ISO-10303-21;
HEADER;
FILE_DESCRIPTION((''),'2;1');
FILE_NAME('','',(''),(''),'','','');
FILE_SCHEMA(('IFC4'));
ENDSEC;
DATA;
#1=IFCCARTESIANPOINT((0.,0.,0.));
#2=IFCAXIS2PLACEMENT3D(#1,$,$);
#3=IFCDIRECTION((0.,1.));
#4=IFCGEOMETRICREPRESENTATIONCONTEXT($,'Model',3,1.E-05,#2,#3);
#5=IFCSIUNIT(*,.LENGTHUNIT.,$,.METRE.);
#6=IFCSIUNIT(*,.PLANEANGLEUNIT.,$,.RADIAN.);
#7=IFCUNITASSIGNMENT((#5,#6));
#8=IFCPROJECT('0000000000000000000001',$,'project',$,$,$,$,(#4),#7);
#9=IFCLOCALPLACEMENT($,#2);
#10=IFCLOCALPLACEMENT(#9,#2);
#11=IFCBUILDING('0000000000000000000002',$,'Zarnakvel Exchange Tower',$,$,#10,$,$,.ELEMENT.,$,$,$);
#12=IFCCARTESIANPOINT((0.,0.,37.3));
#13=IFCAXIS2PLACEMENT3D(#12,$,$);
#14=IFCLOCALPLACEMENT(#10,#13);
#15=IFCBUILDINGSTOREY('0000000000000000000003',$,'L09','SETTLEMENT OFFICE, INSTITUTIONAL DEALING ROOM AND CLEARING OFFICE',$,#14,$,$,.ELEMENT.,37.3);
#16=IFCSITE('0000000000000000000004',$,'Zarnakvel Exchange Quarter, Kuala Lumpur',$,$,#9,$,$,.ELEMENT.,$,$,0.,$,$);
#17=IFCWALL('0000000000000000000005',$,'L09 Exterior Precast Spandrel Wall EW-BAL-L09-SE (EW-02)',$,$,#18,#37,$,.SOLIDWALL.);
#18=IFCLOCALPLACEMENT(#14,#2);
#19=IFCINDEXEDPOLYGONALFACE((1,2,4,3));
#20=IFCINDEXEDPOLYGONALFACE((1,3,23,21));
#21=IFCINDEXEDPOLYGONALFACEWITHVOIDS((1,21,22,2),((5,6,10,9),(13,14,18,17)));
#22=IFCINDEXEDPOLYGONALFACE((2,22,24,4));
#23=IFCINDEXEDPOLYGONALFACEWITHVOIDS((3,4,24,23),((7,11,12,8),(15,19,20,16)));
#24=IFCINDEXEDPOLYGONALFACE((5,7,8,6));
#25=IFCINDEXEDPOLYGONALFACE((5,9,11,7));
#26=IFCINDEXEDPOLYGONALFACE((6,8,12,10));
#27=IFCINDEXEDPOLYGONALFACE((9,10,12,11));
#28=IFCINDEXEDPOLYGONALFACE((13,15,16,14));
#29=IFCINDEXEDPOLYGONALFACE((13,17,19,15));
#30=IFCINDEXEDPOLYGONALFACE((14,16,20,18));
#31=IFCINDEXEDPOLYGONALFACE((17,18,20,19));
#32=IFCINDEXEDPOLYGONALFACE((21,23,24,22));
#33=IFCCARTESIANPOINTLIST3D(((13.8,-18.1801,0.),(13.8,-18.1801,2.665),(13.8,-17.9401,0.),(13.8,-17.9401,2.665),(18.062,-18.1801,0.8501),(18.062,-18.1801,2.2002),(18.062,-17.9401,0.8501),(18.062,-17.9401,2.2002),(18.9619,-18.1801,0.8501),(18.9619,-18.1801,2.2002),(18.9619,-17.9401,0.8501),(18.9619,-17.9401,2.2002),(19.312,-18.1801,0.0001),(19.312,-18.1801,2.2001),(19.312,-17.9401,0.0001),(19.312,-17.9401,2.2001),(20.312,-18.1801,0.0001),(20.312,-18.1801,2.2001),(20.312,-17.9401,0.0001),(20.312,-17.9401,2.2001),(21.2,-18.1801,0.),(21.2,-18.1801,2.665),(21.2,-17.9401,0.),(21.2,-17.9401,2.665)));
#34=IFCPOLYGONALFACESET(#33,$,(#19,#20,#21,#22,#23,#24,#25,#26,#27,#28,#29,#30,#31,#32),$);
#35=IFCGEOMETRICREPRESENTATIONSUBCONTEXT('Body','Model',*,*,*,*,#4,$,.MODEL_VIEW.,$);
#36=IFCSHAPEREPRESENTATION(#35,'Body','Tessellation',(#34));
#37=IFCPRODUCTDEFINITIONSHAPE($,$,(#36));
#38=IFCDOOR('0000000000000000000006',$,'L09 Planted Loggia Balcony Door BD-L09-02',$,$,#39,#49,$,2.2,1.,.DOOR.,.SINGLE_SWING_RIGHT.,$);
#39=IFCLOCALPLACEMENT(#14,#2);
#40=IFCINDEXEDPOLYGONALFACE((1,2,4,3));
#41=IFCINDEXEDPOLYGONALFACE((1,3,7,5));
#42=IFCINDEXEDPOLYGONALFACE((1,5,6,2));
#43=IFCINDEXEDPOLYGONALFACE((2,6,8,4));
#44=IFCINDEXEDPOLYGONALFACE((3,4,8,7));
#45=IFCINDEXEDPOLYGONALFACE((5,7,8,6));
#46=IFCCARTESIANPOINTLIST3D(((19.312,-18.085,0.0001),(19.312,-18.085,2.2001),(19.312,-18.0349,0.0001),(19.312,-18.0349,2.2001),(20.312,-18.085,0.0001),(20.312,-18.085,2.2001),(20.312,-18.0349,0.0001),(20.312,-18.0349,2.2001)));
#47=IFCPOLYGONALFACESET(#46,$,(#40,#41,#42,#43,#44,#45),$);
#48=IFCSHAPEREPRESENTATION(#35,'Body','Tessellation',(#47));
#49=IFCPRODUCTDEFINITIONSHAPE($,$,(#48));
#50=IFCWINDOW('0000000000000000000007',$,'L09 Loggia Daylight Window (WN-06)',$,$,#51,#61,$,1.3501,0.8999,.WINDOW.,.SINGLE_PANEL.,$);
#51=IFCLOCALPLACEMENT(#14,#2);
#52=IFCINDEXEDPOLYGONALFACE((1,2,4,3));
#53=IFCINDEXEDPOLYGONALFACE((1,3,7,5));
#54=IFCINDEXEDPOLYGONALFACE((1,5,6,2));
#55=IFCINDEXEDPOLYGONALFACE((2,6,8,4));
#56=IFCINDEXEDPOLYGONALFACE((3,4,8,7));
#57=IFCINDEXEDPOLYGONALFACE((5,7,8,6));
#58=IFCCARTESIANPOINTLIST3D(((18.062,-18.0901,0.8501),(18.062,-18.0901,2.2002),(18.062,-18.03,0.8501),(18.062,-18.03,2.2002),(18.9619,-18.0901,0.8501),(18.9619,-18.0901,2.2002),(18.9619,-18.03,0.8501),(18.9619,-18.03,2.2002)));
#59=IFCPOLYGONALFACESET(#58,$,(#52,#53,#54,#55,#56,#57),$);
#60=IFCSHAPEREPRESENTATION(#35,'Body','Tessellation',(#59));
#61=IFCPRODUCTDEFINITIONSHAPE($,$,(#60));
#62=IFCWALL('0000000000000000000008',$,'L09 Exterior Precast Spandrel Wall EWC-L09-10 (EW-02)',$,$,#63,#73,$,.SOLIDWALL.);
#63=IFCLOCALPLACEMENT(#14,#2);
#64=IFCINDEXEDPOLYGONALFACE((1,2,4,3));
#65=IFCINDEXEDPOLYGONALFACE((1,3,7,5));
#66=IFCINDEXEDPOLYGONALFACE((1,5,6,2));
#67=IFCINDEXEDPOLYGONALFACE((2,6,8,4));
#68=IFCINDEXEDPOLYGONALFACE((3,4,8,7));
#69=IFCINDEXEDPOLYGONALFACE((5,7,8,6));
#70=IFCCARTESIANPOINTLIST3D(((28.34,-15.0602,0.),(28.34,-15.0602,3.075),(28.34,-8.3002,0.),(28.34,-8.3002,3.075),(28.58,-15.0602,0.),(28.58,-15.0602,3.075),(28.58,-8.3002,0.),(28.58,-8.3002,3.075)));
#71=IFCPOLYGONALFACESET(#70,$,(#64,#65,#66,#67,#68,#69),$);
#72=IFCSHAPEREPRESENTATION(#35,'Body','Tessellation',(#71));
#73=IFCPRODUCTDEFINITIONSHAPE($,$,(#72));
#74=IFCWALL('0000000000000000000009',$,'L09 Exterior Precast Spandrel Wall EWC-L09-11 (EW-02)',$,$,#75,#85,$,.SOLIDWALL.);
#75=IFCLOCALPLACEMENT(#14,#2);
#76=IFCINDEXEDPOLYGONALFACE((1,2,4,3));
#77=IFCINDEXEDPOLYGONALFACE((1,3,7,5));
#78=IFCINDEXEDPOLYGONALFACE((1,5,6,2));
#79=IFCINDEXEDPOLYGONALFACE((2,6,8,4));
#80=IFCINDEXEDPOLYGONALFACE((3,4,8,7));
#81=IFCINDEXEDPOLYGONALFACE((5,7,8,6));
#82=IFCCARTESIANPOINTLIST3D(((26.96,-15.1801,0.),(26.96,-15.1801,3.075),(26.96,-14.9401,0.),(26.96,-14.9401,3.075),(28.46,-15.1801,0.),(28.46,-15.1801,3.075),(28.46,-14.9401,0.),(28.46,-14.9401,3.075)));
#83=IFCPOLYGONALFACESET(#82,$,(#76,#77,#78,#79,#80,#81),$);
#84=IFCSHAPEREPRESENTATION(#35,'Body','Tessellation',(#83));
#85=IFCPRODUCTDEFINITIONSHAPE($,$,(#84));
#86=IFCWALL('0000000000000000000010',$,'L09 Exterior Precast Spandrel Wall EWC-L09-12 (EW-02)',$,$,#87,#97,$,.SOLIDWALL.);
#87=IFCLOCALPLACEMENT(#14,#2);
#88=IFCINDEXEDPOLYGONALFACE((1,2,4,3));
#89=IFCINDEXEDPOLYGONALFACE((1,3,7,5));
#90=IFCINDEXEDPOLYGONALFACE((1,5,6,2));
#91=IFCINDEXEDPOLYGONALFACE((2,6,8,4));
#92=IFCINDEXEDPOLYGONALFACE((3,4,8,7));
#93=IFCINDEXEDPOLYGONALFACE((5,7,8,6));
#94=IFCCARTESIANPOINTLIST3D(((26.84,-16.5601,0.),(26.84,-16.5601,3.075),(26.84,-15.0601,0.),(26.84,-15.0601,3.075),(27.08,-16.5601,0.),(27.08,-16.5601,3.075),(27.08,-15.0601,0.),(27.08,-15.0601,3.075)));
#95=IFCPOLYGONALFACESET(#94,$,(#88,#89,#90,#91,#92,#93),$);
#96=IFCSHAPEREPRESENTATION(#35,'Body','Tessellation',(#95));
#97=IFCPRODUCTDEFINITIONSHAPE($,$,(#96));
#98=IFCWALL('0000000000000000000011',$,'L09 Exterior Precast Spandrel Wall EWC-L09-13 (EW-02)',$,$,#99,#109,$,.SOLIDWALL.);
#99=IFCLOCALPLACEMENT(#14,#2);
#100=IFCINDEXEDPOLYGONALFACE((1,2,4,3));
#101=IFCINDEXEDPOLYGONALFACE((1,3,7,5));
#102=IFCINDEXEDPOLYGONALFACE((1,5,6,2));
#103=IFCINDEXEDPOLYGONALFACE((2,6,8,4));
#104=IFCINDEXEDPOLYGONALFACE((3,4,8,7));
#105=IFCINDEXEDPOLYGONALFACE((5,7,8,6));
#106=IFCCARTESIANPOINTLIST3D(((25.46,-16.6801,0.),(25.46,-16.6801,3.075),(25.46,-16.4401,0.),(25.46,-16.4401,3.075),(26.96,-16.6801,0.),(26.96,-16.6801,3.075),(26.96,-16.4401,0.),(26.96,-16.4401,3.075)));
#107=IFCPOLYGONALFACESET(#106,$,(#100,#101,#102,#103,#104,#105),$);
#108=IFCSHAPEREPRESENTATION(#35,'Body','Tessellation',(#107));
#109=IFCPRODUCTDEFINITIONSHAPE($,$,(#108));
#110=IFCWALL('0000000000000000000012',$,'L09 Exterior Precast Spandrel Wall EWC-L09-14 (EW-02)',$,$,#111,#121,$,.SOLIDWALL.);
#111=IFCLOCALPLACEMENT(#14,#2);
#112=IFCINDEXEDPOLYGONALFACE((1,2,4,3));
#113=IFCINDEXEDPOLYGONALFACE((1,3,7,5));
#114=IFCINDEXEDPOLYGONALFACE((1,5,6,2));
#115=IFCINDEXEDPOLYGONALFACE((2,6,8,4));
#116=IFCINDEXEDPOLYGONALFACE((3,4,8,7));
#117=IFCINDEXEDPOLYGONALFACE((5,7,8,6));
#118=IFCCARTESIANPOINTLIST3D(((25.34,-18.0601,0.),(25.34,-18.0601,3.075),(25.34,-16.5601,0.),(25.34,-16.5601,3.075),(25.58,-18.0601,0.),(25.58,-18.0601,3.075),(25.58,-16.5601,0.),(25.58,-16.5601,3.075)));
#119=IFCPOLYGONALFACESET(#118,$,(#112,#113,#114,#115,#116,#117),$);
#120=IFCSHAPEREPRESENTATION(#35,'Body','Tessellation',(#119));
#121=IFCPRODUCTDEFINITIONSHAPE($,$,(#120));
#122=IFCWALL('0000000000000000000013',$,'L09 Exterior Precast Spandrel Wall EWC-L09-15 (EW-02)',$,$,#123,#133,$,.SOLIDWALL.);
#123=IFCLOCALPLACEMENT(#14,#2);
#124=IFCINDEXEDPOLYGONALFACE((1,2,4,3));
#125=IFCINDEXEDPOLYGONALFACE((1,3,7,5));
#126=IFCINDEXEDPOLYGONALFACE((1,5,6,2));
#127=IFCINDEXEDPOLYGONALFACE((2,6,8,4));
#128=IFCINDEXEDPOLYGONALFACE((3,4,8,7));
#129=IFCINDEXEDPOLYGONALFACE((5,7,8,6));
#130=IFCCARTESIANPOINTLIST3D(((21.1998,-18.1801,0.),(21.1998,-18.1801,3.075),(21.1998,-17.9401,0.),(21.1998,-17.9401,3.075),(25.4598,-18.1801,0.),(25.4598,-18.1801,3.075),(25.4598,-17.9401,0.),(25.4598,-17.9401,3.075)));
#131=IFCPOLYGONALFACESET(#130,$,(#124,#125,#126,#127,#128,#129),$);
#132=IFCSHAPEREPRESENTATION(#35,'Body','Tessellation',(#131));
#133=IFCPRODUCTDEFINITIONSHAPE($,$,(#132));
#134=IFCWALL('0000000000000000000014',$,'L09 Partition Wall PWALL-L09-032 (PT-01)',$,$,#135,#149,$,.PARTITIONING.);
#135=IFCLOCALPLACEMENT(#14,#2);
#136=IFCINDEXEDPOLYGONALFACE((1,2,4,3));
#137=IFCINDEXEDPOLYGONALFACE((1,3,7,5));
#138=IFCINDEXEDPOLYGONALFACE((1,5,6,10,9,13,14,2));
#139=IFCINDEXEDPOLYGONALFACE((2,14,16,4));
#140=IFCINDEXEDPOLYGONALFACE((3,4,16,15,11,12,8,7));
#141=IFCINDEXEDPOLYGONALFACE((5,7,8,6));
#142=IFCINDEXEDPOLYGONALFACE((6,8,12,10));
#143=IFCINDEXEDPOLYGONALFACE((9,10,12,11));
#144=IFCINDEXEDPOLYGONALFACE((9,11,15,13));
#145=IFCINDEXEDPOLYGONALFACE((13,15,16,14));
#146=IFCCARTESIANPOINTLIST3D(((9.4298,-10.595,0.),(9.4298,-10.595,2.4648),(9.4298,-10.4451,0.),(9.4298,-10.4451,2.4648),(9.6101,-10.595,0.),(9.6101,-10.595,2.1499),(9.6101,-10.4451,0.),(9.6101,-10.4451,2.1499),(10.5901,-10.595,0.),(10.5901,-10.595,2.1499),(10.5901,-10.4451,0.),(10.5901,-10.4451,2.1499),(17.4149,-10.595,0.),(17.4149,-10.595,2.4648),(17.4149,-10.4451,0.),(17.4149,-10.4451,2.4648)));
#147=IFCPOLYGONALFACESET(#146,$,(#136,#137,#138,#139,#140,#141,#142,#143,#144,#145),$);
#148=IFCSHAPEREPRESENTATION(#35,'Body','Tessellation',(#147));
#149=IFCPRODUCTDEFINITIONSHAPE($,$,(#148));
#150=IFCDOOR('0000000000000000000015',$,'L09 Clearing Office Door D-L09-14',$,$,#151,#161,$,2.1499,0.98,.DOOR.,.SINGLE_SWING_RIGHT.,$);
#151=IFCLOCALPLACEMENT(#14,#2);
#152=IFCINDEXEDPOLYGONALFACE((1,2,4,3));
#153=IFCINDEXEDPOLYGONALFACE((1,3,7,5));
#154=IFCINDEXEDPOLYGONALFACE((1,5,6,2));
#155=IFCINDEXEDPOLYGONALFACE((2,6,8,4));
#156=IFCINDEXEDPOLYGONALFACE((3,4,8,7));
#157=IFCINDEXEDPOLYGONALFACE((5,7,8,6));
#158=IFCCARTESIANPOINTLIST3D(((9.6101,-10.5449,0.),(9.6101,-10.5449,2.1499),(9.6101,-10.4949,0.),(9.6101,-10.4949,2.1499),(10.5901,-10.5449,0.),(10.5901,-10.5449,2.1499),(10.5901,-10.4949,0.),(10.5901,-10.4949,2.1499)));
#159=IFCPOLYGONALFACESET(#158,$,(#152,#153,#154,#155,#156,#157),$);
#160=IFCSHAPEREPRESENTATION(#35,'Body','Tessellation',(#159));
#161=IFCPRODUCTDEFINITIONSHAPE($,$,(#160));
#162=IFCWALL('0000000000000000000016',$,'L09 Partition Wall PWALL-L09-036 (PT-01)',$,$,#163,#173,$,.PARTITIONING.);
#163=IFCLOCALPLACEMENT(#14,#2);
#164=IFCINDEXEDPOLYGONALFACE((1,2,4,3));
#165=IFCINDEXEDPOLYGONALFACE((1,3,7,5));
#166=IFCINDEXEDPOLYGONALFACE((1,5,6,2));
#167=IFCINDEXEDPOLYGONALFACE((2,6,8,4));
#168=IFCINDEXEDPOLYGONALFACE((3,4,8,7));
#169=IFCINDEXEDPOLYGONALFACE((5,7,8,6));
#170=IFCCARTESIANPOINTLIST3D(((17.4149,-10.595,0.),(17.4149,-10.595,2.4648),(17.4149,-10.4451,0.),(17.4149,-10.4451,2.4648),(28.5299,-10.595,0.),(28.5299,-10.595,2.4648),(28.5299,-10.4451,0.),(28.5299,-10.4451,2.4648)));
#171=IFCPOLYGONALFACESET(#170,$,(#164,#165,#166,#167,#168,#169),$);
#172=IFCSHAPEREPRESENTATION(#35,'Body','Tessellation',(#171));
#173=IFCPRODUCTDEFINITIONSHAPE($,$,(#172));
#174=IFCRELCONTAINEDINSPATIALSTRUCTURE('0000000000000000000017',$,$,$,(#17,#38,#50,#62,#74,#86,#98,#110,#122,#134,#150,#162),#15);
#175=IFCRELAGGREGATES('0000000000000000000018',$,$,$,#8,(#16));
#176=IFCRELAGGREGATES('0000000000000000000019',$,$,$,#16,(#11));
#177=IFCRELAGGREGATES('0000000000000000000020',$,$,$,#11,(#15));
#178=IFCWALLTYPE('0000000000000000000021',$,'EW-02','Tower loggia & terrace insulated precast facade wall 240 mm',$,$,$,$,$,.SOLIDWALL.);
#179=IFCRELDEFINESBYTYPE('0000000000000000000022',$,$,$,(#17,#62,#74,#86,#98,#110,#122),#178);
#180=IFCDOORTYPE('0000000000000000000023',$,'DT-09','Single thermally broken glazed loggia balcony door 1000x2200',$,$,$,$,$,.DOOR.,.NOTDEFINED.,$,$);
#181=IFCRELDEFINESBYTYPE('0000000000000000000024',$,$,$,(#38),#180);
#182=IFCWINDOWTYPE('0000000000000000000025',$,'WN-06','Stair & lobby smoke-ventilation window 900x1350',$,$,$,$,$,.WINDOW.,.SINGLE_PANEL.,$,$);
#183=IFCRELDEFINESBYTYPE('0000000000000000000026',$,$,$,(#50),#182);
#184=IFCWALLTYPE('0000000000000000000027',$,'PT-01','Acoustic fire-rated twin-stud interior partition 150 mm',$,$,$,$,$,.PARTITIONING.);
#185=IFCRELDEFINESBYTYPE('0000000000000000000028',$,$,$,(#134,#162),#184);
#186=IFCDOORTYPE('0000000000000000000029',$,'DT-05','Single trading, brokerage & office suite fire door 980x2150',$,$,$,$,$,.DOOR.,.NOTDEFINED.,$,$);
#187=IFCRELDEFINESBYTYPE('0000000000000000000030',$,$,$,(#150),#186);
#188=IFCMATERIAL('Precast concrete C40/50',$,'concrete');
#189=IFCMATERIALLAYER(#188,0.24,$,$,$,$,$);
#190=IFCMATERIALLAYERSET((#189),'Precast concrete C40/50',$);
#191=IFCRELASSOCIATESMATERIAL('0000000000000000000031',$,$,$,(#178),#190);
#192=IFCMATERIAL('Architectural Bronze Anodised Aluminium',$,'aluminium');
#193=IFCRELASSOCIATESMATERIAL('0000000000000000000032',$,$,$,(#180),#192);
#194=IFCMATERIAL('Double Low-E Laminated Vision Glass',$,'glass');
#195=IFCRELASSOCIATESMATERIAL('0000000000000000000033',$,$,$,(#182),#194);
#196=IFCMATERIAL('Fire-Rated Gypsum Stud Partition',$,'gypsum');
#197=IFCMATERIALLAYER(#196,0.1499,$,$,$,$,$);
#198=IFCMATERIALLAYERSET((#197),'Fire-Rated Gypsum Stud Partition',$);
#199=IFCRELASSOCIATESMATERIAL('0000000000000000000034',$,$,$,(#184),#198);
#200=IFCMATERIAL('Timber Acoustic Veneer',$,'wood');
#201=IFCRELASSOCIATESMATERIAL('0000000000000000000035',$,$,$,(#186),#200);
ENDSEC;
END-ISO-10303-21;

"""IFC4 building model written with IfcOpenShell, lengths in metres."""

from ifc_helpers import new_model, si_unit, direction, frame, frame_2d, origin, place, context, subcontext, project, spatial, rectangle, extrude, source, transform, mapped, material, layer, layer_set, type_object, element, fill, save


model = new_model("IFC4")

# Units and contexts
model_context = context("Model", 3, precision=1e-05, world=origin(), true_north=direction((0.0, 1.0)))
body_context = subcontext(model_context, "Body", "Model", "MODEL_VIEW")
ifc_project = project(units=[si_unit("LENGTHUNIT", "METRE"), si_unit("PLANEANGLEUNIT", "RADIAN")], contexts=[model_context])

# Site, building, storey
site_placement = place(None, origin())
site = spatial("IfcSite", under=ifc_project, at=site_placement, Name="Zarnakvel Exchange Quarter, Kuala Lumpur", CompositionType="ELEMENT", RefElevation=0.0)
building_placement = place(site_placement, origin())
building = spatial("IfcBuilding", under=site, at=building_placement, Name="Zarnakvel Exchange Tower", CompositionType="ELEMENT")
storey_placement = place(building_placement, frame((0.0, 0.0, 37.3)))
storey = spatial("IfcBuildingStorey", under=building, at=storey_placement, Name="L09", Description="SETTLEMENT OFFICE, INSTITUTIONAL DEALING ROOM AND CLEARING OFFICE", CompositionType="ELEMENT", Elevation=37.3)

# Wall, openings, door, window
ifc_material_1 = material(Name="Precast concrete C40/50", Category="concrete")
ifc_layer_1 = layer(ifc_material_1, 0.24)
ifc_layer_set_1 = layer_set([ifc_layer_1], Name="Precast concrete C40/50")
wall_type_1 = type_object("IfcWallType", Name="EW-02", Description="Tower loggia & terrace insulated precast facade wall 240 mm", PredefinedType="SOLIDWALL", material=ifc_layer_set_1)
wall_1_placement = place(storey_placement, frame((21.2, -18.0601, 0.0), z_axis=(0.0, 0.0, 1.0), x_axis=(-1.0, 0.0, 0.0)))
wall_1 = element("IfcWall", 1, at=wall_1_placement, inside=storey, type_object=wall_type_1, Name="L09 Exterior Precast Spandrel Wall EW-BAL-L09-SE (EW-02)", PredefinedType="SOLIDWALL", context=body_context, shape_type="SweptSolid", body=[
    extrude(rectangle(XDim=7.3999, YDim=0.24, at=frame_2d((3.7, 0.0))), origin(), (0.0, 0.0, 1.0), 2.665),
])
opening_1_placement = place(wall_1_placement, frame((0.8879, 0.0, 0.0)))
opening_1 = element("IfcOpeningElement", 2, at=opening_1_placement, cuts=wall_1, PredefinedType="OPENING", context=body_context, shape_type="SweptSolid", body=[
    extrude(rectangle(XDim=1.0, YDim=2.2, at=frame_2d((0.5, 1.1001))), frame((0.0, 0.1299, 0.0), z_axis=(0.0, -1.0, 0.0), x_axis=(1.0, 0.0, 0.0)), (0.0, 0.0, 1.0), 0.26),
])
opening_2_placement = place(wall_1_placement, frame((2.238, 0.0, 0.8501)))
opening_2 = element("IfcOpeningElement", 3, at=opening_2_placement, cuts=wall_1, PredefinedType="OPENING", context=body_context, shape_type="SweptSolid", body=[
    extrude(rectangle(XDim=0.8999, YDim=1.3501, at=frame_2d((0.45, 0.675))), frame((0.0, 0.1299, 0.0), z_axis=(0.0, -1.0, 0.0), x_axis=(1.0, 0.0, 0.0)), (0.0, 0.0, 1.0), 0.26),
])
ifc_material_2 = material(Name="Architectural Bronze Anodised Aluminium", Category="aluminium")
door_type_1 = type_object("IfcDoorType", Name="DT-09", Description="Single thermally broken glazed loggia balcony door 1000x2200", OperationType="NOTDEFINED", PredefinedType="DOOR", material=ifc_material_2)
shared_shape_1 = source(origin(), body_context, "Body", "SweptSolid", [
    extrude(rectangle(XDim=1.0, YDim=2.2, at=frame_2d((0.5, 1.1001))), frame((0.0, 0.0249, 0.0), z_axis=(0.0, -1.0, 0.0), x_axis=(1.0, 0.0, 0.0)), (0.0, 0.0, 1.0), 0.05),
])
door_1_placement = place(opening_1_placement, origin())
door_1 = element("IfcDoor", 4, at=door_1_placement, inside=storey, type_object=door_type_1, Name="L09 Planted Loggia Balcony Door BD-L09-02", OperationType="SINGLE_SWING_RIGHT", OverallHeight=2.2, OverallWidth=1.0, PredefinedType="DOOR", context=body_context, shape_type="MappedRepresentation", body=[
    mapped(shared_shape_1, transform((0.0, 0.0, 0.0), x_axis=(1.0, 0.0, 0.0), y_axis=(0.0, 1.0, 0.0), z_axis=(0.0, 0.0, 1.0), scale=1.0)),
])
fill(opening_1, door_1)
ifc_material_3 = material(Name="Double Low-E Laminated Vision Glass", Category="glass")
window_type = type_object("IfcWindowType", Name="WN-06", Description="Stair & lobby smoke-ventilation window 900x1350", PartitioningType="SINGLE_PANEL", PredefinedType="WINDOW", material=ifc_material_3)
shared_shape_2 = source(origin(), body_context, "Body", "SweptSolid", [
    extrude(rectangle(XDim=0.8999, YDim=1.3501, at=frame_2d((0.45, 0.675))), frame((0.0, 0.03, 0.0), z_axis=(0.0, -1.0, 0.0), x_axis=(1.0, 0.0, 0.0)), (0.0, 0.0, 1.0), 0.0601),
])
window_placement = place(opening_2_placement, origin())
window = element("IfcWindow", 5, at=window_placement, inside=storey, type_object=window_type, Name="L09 Loggia Daylight Window (WN-06)", OverallHeight=1.3501, OverallWidth=0.8999, PartitioningType="SINGLE_PANEL", PredefinedType="WINDOW", context=body_context, shape_type="MappedRepresentation", body=[
    mapped(shared_shape_2, transform((0.0, 0.0, 0.0), x_axis=(1.0, 0.0, 0.0), y_axis=(0.0, 1.0, 0.0), z_axis=(0.0, 0.0, 1.0), scale=1.0)),
])
fill(opening_2, window)

# Walls
wall_2_placement = place(storey_placement, frame((28.46, -15.0601, 0.0), z_axis=(0.0, 0.0, 1.0), x_axis=(0.0, 1.0, 0.0)))
element("IfcWall", 6, at=wall_2_placement, inside=storey, type_object=wall_type_1, Name="L09 Exterior Precast Spandrel Wall EWC-L09-10 (EW-02)", PredefinedType="SOLIDWALL", context=body_context, shape_type="SweptSolid", body=[
    extrude(rectangle(XDim=6.76, YDim=0.24, at=frame_2d((3.3799, 0.0))), origin(), (0.0, 0.0, 1.0), 3.075),
])
for number, where, z_axis, x_axis, name in (
    (7, (26.96, -15.0601, 0.0), (0.0, 0.0, 1.0), (1.0, 0.0, 0.0), "L09 Exterior Precast Spandrel Wall EWC-L09-11 (EW-02)"),
    (8, (26.96, -16.5601, 0.0), (0.0, 0.0, 1.0), (0.0, 1.0, 0.0), "L09 Exterior Precast Spandrel Wall EWC-L09-12 (EW-02)"),
    (9, (25.46, -16.5601, 0.0), (0.0, 0.0, 1.0), (1.0, 0.0, 0.0), "L09 Exterior Precast Spandrel Wall EWC-L09-13 (EW-02)"),
    (10, (25.46, -18.0601, 0.0), (0.0, 0.0, 1.0), (0.0, 1.0, 0.0), "L09 Exterior Precast Spandrel Wall EWC-L09-14 (EW-02)"),
):
    element("IfcWall", number, at=place(storey_placement, frame(where, z_axis=z_axis, x_axis=x_axis)), inside=storey, type_object=wall_type_1, Name=name, PredefinedType="SOLIDWALL", context=body_context, shape_type="SweptSolid", body=[
        extrude(rectangle(XDim=1.5, YDim=0.24, at=frame_2d((0.75, 0.0))), origin(), (0.0, 0.0, 1.0), 3.075),
    ])
wall_3_placement = place(storey_placement, frame((21.2, -18.0601, 0.0), z_axis=(0.0, 0.0, 1.0), x_axis=(1.0, 0.0, 0.0)))
element("IfcWall", 11, at=wall_3_placement, inside=storey, type_object=wall_type_1, Name="L09 Exterior Precast Spandrel Wall EWC-L09-15 (EW-02)", PredefinedType="SOLIDWALL", context=body_context, shape_type="SweptSolid", body=[
    extrude(rectangle(XDim=4.26, YDim=0.24, at=frame_2d((2.1299, 0.0))), origin(), (0.0, 0.0, 1.0), 3.075),
])

# Wall, opening, door
ifc_material_4 = material(Name="Fire-Rated Gypsum Stud Partition", Category="gypsum")
ifc_layer_2 = layer(ifc_material_4, 0.1499)
ifc_layer_set_2 = layer_set([ifc_layer_2], Name="Fire-Rated Gypsum Stud Partition")
wall_type_2 = type_object("IfcWallType", Name="PT-01", Description="Acoustic fire-rated twin-stud interior partition 150 mm", PredefinedType="PARTITIONING", material=ifc_layer_set_2)
wall_4_placement = place(storey_placement, frame((17.415, -10.52, 0.0), z_axis=(0.0, 0.0, 1.0), x_axis=(-1.0, 0.0, 0.0)))
wall_4 = element("IfcWall", 12, at=wall_4_placement, inside=storey, type_object=wall_type_2, Name="L09 Partition Wall PWALL-L09-032 (PT-01)", PredefinedType="PARTITIONING", context=body_context, shape_type="SweptSolid", body=[
    extrude(rectangle(XDim=7.9851, YDim=0.1499, at=frame_2d((3.9927, 0.0))), origin(), (0.0, 0.0, 1.0), 2.4648),
])
opening_3_placement = place(wall_4_placement, frame((6.825, 0.0, 0.0)))
opening_3 = element("IfcOpeningElement", 13, at=opening_3_placement, cuts=wall_4, PredefinedType="OPENING", context=body_context, shape_type="SweptSolid", body=[
    extrude(rectangle(XDim=0.98, YDim=2.1499, at=frame_2d((0.49, 1.075))), frame((0.0, 0.085, 0.0), z_axis=(0.0, -1.0, 0.0), x_axis=(1.0, 0.0, 0.0)), (0.0, 0.0, 1.0), 0.1699),
])
ifc_material_5 = material(Name="Timber Acoustic Veneer", Category="wood")
door_type_2 = type_object("IfcDoorType", Name="DT-05", Description="Single trading, brokerage & office suite fire door 980x2150", OperationType="NOTDEFINED", PredefinedType="DOOR", material=ifc_material_5)
shared_shape_3 = source(origin(), body_context, "Body", "SweptSolid", [
    extrude(rectangle(XDim=0.98, YDim=2.1499, at=frame_2d((0.49, 1.075))), frame((0.0, 0.0249, 0.0), z_axis=(0.0, -1.0, 0.0), x_axis=(1.0, 0.0, 0.0)), (0.0, 0.0, 1.0), 0.05),
])
door_2_placement = place(opening_3_placement, origin())
door_2 = element("IfcDoor", 14, at=door_2_placement, inside=storey, type_object=door_type_2, Name="L09 Clearing Office Door D-L09-14", OperationType="SINGLE_SWING_RIGHT", OverallHeight=2.1499, OverallWidth=0.98, PredefinedType="DOOR", context=body_context, shape_type="MappedRepresentation", body=[
    mapped(shared_shape_3, transform((0.0, 0.0, 0.0), x_axis=(1.0, 0.0, 0.0), y_axis=(0.0, 1.0, 0.0), z_axis=(0.0, 0.0, 1.0), scale=1.0)),
])
fill(opening_3, door_2)

# Wall
wall_5_placement = place(storey_placement, frame((28.53, -10.52, 0.0), z_axis=(0.0, 0.0, 1.0), x_axis=(-1.0, 0.0, 0.0)))
element("IfcWall", 15, at=wall_5_placement, inside=storey, type_object=wall_type_2, Name="L09 Partition Wall PWALL-L09-036 (PT-01)", PredefinedType="PARTITIONING", context=body_context, shape_type="SweptSolid", body=[
    extrude(rectangle(XDim=11.115, YDim=0.1499, at=frame_2d((5.5576, 0.0))), origin(), (0.0, 0.0, 1.0), 2.4648),
])

save(model, "model.ifc")
